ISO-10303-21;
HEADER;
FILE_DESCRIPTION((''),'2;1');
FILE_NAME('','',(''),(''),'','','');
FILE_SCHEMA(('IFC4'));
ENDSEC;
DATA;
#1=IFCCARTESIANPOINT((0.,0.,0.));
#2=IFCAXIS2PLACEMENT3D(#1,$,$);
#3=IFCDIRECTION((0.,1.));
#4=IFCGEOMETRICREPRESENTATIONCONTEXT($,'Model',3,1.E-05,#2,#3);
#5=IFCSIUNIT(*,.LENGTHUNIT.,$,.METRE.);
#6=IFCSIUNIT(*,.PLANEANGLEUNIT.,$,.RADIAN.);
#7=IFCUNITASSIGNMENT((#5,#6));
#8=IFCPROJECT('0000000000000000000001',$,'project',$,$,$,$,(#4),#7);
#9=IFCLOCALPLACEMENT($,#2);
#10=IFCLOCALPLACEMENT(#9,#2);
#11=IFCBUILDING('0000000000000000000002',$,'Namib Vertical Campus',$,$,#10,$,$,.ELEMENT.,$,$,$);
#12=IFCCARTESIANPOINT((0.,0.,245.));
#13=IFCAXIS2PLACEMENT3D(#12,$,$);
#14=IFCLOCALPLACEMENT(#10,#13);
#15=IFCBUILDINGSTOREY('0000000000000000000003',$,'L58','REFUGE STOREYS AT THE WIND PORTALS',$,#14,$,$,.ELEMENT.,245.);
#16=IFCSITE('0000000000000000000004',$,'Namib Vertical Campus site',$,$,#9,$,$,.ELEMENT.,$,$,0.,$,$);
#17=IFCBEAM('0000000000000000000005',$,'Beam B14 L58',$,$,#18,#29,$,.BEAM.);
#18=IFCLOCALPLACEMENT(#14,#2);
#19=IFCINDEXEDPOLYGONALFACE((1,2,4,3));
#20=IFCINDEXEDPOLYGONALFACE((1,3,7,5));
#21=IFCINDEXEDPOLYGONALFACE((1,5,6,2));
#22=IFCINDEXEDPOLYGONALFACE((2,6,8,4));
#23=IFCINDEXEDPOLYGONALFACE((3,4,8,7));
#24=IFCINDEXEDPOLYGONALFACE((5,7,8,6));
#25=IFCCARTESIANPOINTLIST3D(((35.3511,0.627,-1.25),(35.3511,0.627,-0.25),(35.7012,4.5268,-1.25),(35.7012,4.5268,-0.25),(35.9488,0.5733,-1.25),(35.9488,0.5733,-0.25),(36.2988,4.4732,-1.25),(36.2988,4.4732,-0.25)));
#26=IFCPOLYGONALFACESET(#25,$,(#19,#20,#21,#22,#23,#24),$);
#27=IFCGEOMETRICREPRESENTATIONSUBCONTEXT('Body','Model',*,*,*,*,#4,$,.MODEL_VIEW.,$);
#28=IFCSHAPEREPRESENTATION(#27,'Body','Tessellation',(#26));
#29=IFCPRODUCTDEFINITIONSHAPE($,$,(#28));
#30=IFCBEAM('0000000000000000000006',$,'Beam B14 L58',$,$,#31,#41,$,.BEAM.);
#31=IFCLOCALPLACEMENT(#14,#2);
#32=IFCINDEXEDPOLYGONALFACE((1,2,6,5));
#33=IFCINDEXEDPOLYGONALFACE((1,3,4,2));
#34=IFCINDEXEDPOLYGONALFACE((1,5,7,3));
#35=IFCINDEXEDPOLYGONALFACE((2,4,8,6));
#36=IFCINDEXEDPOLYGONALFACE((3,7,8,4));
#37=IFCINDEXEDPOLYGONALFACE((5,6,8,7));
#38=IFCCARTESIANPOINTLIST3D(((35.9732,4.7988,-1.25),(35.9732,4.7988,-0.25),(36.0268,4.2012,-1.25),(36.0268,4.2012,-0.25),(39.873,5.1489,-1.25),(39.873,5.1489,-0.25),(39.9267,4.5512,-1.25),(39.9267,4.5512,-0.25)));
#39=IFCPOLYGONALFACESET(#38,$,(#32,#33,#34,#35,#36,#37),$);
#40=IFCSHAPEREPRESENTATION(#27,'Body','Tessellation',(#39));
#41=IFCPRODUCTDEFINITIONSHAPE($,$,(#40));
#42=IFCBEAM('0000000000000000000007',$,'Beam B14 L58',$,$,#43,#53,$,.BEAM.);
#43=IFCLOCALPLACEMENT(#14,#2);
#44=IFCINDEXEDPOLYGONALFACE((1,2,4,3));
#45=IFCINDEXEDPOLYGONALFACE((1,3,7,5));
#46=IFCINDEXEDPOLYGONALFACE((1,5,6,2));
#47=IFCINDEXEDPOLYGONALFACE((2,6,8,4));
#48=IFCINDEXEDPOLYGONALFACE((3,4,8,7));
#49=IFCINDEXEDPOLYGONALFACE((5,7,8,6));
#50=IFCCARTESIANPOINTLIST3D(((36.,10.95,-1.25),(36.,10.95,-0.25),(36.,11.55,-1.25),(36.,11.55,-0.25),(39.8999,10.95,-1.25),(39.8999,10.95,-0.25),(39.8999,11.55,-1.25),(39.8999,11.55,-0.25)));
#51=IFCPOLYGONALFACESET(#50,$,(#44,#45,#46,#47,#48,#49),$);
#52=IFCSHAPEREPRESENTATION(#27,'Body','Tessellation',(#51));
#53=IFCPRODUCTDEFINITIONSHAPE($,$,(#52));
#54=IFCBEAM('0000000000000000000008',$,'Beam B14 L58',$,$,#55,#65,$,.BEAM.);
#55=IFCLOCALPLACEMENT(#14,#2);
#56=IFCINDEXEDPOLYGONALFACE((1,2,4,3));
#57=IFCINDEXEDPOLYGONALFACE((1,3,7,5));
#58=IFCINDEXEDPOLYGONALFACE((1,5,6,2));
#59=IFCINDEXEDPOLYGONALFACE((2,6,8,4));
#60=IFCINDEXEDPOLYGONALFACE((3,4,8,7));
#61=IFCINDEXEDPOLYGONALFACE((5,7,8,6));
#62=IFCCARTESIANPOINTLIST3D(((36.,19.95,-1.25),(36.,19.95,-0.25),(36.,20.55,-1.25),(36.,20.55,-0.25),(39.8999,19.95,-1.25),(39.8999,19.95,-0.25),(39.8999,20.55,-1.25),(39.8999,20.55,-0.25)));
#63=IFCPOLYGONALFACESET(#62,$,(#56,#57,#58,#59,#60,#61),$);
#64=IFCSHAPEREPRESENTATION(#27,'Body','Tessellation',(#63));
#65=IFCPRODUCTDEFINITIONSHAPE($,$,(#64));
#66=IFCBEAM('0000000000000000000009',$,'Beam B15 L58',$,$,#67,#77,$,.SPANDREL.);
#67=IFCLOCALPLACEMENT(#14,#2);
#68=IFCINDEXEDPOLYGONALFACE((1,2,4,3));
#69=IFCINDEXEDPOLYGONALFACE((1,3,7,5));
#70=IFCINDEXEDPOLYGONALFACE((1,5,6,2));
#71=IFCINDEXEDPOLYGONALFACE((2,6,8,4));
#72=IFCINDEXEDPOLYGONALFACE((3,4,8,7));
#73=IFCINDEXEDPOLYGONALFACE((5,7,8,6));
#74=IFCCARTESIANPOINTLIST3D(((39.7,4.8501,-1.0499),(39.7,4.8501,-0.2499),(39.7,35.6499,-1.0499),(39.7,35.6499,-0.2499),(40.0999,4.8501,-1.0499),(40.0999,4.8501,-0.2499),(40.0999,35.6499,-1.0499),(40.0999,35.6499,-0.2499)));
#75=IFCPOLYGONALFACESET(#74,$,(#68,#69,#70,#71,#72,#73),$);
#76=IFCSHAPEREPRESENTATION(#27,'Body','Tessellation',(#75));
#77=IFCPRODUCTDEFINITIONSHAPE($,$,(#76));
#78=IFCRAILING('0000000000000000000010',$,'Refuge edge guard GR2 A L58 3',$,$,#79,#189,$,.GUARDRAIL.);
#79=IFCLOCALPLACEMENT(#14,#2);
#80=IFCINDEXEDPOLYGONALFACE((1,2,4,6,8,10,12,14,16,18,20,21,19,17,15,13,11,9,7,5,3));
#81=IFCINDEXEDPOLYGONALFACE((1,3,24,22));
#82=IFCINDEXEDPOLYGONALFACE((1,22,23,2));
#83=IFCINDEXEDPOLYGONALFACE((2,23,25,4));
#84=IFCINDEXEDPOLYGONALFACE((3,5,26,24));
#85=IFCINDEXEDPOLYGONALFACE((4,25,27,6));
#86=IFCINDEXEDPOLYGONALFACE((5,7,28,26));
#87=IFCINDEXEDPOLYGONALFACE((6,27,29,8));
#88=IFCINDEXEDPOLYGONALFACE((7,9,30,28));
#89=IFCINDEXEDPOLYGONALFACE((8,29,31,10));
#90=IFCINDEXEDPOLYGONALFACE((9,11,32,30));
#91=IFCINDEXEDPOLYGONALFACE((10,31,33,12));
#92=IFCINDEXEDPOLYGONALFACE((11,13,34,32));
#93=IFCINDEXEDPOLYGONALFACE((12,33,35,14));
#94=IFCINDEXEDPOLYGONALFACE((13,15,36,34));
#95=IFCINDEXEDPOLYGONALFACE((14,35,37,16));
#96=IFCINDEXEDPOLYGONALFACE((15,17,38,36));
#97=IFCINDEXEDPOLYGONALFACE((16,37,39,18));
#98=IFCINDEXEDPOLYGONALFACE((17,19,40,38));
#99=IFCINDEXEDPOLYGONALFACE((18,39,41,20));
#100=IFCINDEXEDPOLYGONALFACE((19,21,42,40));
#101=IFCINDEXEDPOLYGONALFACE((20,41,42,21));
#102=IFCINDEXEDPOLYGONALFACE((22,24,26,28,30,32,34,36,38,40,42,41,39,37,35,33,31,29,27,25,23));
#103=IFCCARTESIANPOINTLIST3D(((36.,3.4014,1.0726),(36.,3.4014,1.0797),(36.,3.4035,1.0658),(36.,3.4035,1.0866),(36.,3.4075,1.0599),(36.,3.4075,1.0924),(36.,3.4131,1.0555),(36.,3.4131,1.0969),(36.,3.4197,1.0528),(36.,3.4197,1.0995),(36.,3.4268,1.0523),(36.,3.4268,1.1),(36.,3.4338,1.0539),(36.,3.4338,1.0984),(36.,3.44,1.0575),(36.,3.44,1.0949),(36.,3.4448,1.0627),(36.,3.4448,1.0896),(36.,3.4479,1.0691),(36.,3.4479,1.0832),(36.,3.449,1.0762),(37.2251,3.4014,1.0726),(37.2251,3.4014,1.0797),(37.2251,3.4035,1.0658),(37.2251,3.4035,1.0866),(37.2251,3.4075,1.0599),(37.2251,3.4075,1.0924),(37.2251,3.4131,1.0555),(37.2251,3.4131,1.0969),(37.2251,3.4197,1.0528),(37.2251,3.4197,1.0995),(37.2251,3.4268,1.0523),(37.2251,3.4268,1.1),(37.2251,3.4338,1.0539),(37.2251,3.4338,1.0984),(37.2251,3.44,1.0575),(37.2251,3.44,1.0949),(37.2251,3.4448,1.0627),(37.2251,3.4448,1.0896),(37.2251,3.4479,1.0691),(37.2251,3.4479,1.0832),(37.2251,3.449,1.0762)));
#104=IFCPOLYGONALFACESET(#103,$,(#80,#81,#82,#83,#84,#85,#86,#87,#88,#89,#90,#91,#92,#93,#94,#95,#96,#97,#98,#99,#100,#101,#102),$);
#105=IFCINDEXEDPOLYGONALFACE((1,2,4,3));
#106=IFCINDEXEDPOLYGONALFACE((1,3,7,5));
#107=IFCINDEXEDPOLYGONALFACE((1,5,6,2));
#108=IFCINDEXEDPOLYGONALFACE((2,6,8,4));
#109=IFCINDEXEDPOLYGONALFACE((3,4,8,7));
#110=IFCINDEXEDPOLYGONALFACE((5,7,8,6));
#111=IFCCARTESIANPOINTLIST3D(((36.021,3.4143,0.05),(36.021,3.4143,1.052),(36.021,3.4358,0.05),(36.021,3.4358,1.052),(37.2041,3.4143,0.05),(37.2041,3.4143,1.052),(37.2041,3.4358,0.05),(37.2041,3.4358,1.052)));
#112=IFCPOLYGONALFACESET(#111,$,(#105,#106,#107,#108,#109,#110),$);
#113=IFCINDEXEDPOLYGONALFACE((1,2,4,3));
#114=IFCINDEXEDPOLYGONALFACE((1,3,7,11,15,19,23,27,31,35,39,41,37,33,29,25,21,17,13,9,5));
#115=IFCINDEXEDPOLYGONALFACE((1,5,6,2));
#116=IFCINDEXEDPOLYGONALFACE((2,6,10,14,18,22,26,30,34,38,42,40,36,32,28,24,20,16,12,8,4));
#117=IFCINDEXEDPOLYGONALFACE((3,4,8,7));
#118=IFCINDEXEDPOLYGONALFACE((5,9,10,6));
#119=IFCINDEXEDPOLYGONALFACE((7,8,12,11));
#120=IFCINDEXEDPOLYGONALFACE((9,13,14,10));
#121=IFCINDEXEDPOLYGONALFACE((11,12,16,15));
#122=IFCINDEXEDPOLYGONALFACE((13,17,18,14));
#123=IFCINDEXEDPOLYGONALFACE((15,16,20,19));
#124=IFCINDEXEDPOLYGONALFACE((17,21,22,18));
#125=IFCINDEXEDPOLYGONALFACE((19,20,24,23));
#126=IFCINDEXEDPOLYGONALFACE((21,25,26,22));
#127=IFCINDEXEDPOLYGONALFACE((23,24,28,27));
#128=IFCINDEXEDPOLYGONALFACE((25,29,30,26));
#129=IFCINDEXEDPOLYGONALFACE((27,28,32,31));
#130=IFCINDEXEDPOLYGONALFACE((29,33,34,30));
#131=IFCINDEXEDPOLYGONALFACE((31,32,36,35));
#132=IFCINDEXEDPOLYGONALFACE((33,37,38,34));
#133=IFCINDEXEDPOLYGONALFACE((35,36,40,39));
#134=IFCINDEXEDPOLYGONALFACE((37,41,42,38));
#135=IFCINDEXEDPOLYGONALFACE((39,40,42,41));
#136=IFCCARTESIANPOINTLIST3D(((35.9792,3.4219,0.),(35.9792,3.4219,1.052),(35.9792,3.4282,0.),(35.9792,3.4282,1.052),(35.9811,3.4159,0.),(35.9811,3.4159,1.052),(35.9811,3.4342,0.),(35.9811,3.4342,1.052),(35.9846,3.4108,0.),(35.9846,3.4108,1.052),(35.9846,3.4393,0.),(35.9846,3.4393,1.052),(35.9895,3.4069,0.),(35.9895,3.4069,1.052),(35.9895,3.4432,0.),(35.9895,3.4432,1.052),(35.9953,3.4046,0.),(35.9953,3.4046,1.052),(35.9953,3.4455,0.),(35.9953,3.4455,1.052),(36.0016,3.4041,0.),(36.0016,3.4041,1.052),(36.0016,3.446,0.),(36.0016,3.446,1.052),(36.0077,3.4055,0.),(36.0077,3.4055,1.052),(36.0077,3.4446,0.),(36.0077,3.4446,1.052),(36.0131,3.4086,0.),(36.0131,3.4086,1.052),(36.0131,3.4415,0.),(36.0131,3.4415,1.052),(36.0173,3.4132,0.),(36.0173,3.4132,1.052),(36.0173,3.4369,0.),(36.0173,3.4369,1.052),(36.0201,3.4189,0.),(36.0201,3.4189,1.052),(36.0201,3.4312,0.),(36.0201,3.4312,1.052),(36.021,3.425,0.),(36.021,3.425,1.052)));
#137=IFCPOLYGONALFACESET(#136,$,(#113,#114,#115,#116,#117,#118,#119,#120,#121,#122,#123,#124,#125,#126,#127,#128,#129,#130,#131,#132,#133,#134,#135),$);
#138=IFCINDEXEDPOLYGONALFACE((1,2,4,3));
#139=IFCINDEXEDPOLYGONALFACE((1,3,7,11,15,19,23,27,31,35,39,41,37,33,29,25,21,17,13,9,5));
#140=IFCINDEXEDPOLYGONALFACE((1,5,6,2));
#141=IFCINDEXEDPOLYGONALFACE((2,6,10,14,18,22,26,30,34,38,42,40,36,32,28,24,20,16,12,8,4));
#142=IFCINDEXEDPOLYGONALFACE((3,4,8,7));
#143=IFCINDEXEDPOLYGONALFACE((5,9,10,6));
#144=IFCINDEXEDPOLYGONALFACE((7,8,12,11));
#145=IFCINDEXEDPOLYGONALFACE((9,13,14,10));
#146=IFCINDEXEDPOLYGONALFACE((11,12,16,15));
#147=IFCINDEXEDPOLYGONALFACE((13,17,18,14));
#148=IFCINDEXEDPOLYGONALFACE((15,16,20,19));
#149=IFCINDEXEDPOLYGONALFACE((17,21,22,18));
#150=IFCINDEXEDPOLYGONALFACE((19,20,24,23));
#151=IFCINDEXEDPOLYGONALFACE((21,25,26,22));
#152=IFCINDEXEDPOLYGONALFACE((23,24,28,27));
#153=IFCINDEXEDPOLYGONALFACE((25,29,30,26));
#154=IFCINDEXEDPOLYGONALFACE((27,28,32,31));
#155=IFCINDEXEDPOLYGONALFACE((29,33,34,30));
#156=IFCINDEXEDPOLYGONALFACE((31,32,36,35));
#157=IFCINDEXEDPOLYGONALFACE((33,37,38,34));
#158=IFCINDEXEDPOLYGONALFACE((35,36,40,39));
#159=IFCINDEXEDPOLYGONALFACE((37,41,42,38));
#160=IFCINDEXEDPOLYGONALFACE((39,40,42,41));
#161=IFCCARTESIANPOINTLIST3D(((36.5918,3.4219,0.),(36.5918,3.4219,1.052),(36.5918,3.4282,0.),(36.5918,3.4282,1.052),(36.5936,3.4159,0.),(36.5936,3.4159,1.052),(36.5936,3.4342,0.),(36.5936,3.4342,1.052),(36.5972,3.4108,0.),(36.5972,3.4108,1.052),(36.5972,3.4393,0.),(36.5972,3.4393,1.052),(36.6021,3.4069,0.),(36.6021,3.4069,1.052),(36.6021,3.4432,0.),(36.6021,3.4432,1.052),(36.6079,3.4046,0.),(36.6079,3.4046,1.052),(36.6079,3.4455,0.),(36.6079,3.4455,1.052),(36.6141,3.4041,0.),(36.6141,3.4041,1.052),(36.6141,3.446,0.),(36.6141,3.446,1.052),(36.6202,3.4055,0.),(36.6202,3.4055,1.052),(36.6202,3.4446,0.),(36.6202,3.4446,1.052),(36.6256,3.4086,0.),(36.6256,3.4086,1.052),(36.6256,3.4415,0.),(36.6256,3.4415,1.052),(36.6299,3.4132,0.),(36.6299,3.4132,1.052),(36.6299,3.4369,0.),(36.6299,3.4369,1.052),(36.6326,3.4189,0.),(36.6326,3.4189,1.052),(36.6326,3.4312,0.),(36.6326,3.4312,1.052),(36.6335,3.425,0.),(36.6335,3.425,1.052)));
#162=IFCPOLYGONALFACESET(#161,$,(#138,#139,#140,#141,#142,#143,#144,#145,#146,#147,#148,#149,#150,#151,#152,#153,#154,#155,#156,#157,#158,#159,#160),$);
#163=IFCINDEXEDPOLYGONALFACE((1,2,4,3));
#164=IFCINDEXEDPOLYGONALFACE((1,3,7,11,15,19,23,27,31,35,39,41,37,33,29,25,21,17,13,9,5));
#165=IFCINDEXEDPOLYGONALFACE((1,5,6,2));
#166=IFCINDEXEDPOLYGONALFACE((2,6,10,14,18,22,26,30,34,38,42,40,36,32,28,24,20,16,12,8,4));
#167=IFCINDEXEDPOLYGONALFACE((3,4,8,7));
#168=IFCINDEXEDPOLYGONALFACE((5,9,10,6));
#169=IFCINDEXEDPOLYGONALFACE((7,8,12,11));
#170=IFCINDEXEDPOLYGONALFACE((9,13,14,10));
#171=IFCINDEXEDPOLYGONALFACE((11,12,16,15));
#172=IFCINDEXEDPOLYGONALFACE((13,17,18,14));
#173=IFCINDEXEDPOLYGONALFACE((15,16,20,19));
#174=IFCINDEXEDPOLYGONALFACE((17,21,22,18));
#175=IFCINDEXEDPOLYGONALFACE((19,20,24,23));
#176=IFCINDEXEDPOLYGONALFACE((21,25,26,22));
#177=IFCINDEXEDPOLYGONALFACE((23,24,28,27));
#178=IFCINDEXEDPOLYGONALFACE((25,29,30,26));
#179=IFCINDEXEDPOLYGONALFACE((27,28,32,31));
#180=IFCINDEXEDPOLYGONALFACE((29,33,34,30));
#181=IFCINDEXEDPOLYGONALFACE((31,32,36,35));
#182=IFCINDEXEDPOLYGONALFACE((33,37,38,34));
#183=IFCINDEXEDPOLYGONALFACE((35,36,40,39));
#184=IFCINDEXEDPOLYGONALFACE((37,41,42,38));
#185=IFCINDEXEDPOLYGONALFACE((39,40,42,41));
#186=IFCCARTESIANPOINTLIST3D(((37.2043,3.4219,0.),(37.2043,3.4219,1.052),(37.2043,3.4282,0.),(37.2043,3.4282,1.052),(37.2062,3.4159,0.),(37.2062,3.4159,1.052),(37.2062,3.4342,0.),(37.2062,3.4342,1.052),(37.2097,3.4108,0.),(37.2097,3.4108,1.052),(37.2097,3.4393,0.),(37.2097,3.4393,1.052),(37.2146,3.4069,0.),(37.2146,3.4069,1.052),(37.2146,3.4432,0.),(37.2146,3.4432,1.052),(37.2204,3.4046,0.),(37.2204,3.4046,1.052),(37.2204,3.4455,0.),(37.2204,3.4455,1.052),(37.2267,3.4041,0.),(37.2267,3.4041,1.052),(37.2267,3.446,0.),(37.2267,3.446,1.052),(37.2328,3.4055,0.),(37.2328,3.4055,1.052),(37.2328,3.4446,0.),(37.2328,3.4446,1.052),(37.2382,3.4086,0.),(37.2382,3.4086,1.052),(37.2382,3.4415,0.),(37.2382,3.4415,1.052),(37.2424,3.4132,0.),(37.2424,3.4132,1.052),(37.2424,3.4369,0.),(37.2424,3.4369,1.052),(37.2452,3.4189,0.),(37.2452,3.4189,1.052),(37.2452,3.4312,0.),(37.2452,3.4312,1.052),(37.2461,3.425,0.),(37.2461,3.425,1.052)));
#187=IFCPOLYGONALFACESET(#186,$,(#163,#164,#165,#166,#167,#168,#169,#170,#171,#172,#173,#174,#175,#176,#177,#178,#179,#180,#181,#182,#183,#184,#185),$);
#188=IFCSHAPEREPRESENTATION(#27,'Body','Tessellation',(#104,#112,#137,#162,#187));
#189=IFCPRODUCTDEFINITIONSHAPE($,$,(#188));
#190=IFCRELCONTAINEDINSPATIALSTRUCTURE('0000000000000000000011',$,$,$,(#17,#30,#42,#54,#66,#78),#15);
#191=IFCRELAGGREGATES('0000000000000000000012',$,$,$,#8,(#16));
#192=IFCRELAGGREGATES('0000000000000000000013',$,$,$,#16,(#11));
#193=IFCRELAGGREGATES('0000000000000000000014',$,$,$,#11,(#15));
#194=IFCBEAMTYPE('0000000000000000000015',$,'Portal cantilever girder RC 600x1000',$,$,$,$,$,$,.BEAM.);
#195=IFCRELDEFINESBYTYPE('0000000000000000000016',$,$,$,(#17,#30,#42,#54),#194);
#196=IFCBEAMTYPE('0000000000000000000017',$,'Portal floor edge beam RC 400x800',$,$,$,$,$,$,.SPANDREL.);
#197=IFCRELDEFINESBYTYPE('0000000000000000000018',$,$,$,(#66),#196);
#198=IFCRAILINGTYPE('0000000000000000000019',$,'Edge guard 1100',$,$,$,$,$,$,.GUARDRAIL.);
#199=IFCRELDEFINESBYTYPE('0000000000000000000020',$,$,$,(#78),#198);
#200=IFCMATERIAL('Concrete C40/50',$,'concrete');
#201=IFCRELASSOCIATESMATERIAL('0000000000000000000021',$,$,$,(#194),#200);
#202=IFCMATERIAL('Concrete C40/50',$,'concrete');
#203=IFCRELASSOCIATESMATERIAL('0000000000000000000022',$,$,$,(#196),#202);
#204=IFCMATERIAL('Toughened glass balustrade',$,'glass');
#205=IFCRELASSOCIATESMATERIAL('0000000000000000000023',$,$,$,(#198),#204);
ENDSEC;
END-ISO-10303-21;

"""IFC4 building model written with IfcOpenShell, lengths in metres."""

from ifc_helpers import new_model, si_unit, direction, frame, origin, origin_2d, place, context, subcontext, project, spatial, polyline, rectangle, circle, outline, extrude, material, material_profile, profile_set, type_object, element, save


model = new_model("IFC4")

# Units and contexts
model_context = context("Model", 3, precision=1e-05, world=origin(), true_north=direction((0.0, 1.0)))
body_context = subcontext(model_context, "Body", "Model", "MODEL_VIEW")
ifc_project = project(units=[si_unit("LENGTHUNIT", "METRE"), si_unit("PLANEANGLEUNIT", "RADIAN")], contexts=[model_context])

# Site, building, storey
site_placement = place(None, origin())
site = spatial("IfcSite", under=ifc_project, at=site_placement, Name="Namib Vertical Campus site", CompositionType="ELEMENT", RefElevation=0.0)
building_placement = place(site_placement, origin())
building = spatial("IfcBuilding", under=site, at=building_placement, Name="Namib Vertical Campus", CompositionType="ELEMENT")
storey_placement = place(building_placement, frame((0.0, 0.0, 245.0)))
storey = spatial("IfcBuildingStorey", under=building, at=storey_placement, Name="L58", Description="REFUGE STOREYS AT THE WIND PORTALS", CompositionType="ELEMENT", Elevation=245.0)

# Beams
ifc_material_1 = material(Name="Concrete C40/50", Category="concrete")
ifc_material_profile_1 = material_profile(ifc_material_1, rectangle(XDim=0.6001, YDim=1.0, at=origin_2d()))
ifc_profile_set_1 = profile_set([ifc_material_profile_1], Name="Concrete C40/50")
beam_type_1 = type_object("IfcBeamType", Name="Portal cantilever girder RC 600x1000", PredefinedType="BEAM", material=ifc_profile_set_1)
for number, where, z_axis, x_axis, name in (
    (1, (36.0, 4.5, -0.75), (-0.089411, -0.995995, 0.0), (0.995995, -0.089411, 0.0), "Beam B14 L58"),
    (2, (36.0, 4.5, -0.75), (0.995995, 0.089411, 0.0), (-0.089411, 0.995995, 0.0), "Beam B14 L58"),
):
    element("IfcBeam", number, at=place(storey_placement, frame(where, z_axis=z_axis, x_axis=x_axis)), inside=storey, type_object=beam_type_1, Name=name, PredefinedType="BEAM", context=body_context, shape_type="SweptSolid", body=[
        extrude(rectangle(XDim=0.6001, YDim=1.0, at=origin_2d()), origin(), (0.0, 0.0, 1.0), 3.9155),
    ])
for number, where, z_axis, x_axis, name in (
    (3, (36.0, 11.25, -0.75), (1.0, 0.0, 0.0), (0.0, 1.0, 0.0), "Beam B14 L58"),
    (4, (36.0, 20.25, -0.75), (1.0, 0.0, 0.0), (0.0, 1.0, 0.0), "Beam B14 L58"),
):
    element("IfcBeam", number, at=place(storey_placement, frame(where, z_axis=z_axis, x_axis=x_axis)), inside=storey, type_object=beam_type_1, Name=name, PredefinedType="BEAM", context=body_context, shape_type="SweptSolid", body=[
        extrude(rectangle(XDim=0.6001, YDim=1.0, at=origin_2d()), origin(), (0.0, 0.0, 1.0), 3.8999),
    ])
ifc_material_2 = material(Name="Concrete C40/50", Category="concrete")
ifc_material_profile_2 = material_profile(ifc_material_2, rectangle(XDim=0.3999, YDim=0.8, at=origin_2d()))
ifc_profile_set_2 = profile_set([ifc_material_profile_2], Name="Concrete C40/50")
beam_type_2 = type_object("IfcBeamType", Name="Portal floor edge beam RC 400x800", PredefinedType="SPANDREL", material=ifc_profile_set_2)
beam_1_placement = place(storey_placement, frame((39.8999, 4.8501, -0.6499), z_axis=(0.0, 1.0, 0.0), x_axis=(-1.0, 0.0, 0.0)))
element("IfcBeam", 5, at=beam_1_placement, inside=storey, type_object=beam_type_2, Name="Beam B15 L58", PredefinedType="SPANDREL", context=body_context, shape_type="SweptSolid", body=[
    extrude(rectangle(XDim=0.3999, YDim=0.8, at=origin_2d()), origin(), (0.0, 0.0, 1.0), 30.7998),
])

# Railing
ifc_material_3 = material(Name="Toughened glass balustrade", Category="glass")
railing_type = type_object("IfcRailingType", Name="Edge guard 1100", PredefinedType="GUARDRAIL", material=ifc_material_3)
railing_1_placement = place(storey_placement, frame((36.0, 3.425, 0.0)))
element("IfcRailing", 6, at=railing_1_placement, inside=storey, type_object=railing_type, Name="Refuge edge guard GR2 A L58 3", PredefinedType="GUARDRAIL", context=body_context, shape_type="SweptSolid", body=[
    extrude(circle(Radius=0.0239, at=origin_2d()), frame((0.0, 0.0, 1.0762), z_axis=(1.0, 0.0, 0.0), x_axis=(0.0, 1.0, 0.0)), (0.0, 0.0, 1.0), 1.2251),
    extrude(outline(polyline([(0.021, 0.05), (1.2041, 0.05), (1.2041, 1.052), (0.021, 1.052), (0.021, 0.05)])), frame((0.0, 0.0107, 0.0), z_axis=(0.0, -1.0, 0.0), x_axis=(1.0, 0.0, 0.0)), (0.0, 0.0, 1.0), 0.0215),
    extrude(circle(Radius=0.021, at=origin_2d()), origin(), (0.0, 0.0, 1.0), 1.052),
    extrude(circle(Radius=0.021, at=origin_2d()), frame((0.6125, 0.0, 0.0)), (0.0, 0.0, 1.0), 1.052),
    extrude(circle(Radius=0.021, at=origin_2d()), frame((1.2251, 0.0, 0.0)), (0.0, 0.0, 1.0), 1.052),
])

save(model, "model.ifc")
